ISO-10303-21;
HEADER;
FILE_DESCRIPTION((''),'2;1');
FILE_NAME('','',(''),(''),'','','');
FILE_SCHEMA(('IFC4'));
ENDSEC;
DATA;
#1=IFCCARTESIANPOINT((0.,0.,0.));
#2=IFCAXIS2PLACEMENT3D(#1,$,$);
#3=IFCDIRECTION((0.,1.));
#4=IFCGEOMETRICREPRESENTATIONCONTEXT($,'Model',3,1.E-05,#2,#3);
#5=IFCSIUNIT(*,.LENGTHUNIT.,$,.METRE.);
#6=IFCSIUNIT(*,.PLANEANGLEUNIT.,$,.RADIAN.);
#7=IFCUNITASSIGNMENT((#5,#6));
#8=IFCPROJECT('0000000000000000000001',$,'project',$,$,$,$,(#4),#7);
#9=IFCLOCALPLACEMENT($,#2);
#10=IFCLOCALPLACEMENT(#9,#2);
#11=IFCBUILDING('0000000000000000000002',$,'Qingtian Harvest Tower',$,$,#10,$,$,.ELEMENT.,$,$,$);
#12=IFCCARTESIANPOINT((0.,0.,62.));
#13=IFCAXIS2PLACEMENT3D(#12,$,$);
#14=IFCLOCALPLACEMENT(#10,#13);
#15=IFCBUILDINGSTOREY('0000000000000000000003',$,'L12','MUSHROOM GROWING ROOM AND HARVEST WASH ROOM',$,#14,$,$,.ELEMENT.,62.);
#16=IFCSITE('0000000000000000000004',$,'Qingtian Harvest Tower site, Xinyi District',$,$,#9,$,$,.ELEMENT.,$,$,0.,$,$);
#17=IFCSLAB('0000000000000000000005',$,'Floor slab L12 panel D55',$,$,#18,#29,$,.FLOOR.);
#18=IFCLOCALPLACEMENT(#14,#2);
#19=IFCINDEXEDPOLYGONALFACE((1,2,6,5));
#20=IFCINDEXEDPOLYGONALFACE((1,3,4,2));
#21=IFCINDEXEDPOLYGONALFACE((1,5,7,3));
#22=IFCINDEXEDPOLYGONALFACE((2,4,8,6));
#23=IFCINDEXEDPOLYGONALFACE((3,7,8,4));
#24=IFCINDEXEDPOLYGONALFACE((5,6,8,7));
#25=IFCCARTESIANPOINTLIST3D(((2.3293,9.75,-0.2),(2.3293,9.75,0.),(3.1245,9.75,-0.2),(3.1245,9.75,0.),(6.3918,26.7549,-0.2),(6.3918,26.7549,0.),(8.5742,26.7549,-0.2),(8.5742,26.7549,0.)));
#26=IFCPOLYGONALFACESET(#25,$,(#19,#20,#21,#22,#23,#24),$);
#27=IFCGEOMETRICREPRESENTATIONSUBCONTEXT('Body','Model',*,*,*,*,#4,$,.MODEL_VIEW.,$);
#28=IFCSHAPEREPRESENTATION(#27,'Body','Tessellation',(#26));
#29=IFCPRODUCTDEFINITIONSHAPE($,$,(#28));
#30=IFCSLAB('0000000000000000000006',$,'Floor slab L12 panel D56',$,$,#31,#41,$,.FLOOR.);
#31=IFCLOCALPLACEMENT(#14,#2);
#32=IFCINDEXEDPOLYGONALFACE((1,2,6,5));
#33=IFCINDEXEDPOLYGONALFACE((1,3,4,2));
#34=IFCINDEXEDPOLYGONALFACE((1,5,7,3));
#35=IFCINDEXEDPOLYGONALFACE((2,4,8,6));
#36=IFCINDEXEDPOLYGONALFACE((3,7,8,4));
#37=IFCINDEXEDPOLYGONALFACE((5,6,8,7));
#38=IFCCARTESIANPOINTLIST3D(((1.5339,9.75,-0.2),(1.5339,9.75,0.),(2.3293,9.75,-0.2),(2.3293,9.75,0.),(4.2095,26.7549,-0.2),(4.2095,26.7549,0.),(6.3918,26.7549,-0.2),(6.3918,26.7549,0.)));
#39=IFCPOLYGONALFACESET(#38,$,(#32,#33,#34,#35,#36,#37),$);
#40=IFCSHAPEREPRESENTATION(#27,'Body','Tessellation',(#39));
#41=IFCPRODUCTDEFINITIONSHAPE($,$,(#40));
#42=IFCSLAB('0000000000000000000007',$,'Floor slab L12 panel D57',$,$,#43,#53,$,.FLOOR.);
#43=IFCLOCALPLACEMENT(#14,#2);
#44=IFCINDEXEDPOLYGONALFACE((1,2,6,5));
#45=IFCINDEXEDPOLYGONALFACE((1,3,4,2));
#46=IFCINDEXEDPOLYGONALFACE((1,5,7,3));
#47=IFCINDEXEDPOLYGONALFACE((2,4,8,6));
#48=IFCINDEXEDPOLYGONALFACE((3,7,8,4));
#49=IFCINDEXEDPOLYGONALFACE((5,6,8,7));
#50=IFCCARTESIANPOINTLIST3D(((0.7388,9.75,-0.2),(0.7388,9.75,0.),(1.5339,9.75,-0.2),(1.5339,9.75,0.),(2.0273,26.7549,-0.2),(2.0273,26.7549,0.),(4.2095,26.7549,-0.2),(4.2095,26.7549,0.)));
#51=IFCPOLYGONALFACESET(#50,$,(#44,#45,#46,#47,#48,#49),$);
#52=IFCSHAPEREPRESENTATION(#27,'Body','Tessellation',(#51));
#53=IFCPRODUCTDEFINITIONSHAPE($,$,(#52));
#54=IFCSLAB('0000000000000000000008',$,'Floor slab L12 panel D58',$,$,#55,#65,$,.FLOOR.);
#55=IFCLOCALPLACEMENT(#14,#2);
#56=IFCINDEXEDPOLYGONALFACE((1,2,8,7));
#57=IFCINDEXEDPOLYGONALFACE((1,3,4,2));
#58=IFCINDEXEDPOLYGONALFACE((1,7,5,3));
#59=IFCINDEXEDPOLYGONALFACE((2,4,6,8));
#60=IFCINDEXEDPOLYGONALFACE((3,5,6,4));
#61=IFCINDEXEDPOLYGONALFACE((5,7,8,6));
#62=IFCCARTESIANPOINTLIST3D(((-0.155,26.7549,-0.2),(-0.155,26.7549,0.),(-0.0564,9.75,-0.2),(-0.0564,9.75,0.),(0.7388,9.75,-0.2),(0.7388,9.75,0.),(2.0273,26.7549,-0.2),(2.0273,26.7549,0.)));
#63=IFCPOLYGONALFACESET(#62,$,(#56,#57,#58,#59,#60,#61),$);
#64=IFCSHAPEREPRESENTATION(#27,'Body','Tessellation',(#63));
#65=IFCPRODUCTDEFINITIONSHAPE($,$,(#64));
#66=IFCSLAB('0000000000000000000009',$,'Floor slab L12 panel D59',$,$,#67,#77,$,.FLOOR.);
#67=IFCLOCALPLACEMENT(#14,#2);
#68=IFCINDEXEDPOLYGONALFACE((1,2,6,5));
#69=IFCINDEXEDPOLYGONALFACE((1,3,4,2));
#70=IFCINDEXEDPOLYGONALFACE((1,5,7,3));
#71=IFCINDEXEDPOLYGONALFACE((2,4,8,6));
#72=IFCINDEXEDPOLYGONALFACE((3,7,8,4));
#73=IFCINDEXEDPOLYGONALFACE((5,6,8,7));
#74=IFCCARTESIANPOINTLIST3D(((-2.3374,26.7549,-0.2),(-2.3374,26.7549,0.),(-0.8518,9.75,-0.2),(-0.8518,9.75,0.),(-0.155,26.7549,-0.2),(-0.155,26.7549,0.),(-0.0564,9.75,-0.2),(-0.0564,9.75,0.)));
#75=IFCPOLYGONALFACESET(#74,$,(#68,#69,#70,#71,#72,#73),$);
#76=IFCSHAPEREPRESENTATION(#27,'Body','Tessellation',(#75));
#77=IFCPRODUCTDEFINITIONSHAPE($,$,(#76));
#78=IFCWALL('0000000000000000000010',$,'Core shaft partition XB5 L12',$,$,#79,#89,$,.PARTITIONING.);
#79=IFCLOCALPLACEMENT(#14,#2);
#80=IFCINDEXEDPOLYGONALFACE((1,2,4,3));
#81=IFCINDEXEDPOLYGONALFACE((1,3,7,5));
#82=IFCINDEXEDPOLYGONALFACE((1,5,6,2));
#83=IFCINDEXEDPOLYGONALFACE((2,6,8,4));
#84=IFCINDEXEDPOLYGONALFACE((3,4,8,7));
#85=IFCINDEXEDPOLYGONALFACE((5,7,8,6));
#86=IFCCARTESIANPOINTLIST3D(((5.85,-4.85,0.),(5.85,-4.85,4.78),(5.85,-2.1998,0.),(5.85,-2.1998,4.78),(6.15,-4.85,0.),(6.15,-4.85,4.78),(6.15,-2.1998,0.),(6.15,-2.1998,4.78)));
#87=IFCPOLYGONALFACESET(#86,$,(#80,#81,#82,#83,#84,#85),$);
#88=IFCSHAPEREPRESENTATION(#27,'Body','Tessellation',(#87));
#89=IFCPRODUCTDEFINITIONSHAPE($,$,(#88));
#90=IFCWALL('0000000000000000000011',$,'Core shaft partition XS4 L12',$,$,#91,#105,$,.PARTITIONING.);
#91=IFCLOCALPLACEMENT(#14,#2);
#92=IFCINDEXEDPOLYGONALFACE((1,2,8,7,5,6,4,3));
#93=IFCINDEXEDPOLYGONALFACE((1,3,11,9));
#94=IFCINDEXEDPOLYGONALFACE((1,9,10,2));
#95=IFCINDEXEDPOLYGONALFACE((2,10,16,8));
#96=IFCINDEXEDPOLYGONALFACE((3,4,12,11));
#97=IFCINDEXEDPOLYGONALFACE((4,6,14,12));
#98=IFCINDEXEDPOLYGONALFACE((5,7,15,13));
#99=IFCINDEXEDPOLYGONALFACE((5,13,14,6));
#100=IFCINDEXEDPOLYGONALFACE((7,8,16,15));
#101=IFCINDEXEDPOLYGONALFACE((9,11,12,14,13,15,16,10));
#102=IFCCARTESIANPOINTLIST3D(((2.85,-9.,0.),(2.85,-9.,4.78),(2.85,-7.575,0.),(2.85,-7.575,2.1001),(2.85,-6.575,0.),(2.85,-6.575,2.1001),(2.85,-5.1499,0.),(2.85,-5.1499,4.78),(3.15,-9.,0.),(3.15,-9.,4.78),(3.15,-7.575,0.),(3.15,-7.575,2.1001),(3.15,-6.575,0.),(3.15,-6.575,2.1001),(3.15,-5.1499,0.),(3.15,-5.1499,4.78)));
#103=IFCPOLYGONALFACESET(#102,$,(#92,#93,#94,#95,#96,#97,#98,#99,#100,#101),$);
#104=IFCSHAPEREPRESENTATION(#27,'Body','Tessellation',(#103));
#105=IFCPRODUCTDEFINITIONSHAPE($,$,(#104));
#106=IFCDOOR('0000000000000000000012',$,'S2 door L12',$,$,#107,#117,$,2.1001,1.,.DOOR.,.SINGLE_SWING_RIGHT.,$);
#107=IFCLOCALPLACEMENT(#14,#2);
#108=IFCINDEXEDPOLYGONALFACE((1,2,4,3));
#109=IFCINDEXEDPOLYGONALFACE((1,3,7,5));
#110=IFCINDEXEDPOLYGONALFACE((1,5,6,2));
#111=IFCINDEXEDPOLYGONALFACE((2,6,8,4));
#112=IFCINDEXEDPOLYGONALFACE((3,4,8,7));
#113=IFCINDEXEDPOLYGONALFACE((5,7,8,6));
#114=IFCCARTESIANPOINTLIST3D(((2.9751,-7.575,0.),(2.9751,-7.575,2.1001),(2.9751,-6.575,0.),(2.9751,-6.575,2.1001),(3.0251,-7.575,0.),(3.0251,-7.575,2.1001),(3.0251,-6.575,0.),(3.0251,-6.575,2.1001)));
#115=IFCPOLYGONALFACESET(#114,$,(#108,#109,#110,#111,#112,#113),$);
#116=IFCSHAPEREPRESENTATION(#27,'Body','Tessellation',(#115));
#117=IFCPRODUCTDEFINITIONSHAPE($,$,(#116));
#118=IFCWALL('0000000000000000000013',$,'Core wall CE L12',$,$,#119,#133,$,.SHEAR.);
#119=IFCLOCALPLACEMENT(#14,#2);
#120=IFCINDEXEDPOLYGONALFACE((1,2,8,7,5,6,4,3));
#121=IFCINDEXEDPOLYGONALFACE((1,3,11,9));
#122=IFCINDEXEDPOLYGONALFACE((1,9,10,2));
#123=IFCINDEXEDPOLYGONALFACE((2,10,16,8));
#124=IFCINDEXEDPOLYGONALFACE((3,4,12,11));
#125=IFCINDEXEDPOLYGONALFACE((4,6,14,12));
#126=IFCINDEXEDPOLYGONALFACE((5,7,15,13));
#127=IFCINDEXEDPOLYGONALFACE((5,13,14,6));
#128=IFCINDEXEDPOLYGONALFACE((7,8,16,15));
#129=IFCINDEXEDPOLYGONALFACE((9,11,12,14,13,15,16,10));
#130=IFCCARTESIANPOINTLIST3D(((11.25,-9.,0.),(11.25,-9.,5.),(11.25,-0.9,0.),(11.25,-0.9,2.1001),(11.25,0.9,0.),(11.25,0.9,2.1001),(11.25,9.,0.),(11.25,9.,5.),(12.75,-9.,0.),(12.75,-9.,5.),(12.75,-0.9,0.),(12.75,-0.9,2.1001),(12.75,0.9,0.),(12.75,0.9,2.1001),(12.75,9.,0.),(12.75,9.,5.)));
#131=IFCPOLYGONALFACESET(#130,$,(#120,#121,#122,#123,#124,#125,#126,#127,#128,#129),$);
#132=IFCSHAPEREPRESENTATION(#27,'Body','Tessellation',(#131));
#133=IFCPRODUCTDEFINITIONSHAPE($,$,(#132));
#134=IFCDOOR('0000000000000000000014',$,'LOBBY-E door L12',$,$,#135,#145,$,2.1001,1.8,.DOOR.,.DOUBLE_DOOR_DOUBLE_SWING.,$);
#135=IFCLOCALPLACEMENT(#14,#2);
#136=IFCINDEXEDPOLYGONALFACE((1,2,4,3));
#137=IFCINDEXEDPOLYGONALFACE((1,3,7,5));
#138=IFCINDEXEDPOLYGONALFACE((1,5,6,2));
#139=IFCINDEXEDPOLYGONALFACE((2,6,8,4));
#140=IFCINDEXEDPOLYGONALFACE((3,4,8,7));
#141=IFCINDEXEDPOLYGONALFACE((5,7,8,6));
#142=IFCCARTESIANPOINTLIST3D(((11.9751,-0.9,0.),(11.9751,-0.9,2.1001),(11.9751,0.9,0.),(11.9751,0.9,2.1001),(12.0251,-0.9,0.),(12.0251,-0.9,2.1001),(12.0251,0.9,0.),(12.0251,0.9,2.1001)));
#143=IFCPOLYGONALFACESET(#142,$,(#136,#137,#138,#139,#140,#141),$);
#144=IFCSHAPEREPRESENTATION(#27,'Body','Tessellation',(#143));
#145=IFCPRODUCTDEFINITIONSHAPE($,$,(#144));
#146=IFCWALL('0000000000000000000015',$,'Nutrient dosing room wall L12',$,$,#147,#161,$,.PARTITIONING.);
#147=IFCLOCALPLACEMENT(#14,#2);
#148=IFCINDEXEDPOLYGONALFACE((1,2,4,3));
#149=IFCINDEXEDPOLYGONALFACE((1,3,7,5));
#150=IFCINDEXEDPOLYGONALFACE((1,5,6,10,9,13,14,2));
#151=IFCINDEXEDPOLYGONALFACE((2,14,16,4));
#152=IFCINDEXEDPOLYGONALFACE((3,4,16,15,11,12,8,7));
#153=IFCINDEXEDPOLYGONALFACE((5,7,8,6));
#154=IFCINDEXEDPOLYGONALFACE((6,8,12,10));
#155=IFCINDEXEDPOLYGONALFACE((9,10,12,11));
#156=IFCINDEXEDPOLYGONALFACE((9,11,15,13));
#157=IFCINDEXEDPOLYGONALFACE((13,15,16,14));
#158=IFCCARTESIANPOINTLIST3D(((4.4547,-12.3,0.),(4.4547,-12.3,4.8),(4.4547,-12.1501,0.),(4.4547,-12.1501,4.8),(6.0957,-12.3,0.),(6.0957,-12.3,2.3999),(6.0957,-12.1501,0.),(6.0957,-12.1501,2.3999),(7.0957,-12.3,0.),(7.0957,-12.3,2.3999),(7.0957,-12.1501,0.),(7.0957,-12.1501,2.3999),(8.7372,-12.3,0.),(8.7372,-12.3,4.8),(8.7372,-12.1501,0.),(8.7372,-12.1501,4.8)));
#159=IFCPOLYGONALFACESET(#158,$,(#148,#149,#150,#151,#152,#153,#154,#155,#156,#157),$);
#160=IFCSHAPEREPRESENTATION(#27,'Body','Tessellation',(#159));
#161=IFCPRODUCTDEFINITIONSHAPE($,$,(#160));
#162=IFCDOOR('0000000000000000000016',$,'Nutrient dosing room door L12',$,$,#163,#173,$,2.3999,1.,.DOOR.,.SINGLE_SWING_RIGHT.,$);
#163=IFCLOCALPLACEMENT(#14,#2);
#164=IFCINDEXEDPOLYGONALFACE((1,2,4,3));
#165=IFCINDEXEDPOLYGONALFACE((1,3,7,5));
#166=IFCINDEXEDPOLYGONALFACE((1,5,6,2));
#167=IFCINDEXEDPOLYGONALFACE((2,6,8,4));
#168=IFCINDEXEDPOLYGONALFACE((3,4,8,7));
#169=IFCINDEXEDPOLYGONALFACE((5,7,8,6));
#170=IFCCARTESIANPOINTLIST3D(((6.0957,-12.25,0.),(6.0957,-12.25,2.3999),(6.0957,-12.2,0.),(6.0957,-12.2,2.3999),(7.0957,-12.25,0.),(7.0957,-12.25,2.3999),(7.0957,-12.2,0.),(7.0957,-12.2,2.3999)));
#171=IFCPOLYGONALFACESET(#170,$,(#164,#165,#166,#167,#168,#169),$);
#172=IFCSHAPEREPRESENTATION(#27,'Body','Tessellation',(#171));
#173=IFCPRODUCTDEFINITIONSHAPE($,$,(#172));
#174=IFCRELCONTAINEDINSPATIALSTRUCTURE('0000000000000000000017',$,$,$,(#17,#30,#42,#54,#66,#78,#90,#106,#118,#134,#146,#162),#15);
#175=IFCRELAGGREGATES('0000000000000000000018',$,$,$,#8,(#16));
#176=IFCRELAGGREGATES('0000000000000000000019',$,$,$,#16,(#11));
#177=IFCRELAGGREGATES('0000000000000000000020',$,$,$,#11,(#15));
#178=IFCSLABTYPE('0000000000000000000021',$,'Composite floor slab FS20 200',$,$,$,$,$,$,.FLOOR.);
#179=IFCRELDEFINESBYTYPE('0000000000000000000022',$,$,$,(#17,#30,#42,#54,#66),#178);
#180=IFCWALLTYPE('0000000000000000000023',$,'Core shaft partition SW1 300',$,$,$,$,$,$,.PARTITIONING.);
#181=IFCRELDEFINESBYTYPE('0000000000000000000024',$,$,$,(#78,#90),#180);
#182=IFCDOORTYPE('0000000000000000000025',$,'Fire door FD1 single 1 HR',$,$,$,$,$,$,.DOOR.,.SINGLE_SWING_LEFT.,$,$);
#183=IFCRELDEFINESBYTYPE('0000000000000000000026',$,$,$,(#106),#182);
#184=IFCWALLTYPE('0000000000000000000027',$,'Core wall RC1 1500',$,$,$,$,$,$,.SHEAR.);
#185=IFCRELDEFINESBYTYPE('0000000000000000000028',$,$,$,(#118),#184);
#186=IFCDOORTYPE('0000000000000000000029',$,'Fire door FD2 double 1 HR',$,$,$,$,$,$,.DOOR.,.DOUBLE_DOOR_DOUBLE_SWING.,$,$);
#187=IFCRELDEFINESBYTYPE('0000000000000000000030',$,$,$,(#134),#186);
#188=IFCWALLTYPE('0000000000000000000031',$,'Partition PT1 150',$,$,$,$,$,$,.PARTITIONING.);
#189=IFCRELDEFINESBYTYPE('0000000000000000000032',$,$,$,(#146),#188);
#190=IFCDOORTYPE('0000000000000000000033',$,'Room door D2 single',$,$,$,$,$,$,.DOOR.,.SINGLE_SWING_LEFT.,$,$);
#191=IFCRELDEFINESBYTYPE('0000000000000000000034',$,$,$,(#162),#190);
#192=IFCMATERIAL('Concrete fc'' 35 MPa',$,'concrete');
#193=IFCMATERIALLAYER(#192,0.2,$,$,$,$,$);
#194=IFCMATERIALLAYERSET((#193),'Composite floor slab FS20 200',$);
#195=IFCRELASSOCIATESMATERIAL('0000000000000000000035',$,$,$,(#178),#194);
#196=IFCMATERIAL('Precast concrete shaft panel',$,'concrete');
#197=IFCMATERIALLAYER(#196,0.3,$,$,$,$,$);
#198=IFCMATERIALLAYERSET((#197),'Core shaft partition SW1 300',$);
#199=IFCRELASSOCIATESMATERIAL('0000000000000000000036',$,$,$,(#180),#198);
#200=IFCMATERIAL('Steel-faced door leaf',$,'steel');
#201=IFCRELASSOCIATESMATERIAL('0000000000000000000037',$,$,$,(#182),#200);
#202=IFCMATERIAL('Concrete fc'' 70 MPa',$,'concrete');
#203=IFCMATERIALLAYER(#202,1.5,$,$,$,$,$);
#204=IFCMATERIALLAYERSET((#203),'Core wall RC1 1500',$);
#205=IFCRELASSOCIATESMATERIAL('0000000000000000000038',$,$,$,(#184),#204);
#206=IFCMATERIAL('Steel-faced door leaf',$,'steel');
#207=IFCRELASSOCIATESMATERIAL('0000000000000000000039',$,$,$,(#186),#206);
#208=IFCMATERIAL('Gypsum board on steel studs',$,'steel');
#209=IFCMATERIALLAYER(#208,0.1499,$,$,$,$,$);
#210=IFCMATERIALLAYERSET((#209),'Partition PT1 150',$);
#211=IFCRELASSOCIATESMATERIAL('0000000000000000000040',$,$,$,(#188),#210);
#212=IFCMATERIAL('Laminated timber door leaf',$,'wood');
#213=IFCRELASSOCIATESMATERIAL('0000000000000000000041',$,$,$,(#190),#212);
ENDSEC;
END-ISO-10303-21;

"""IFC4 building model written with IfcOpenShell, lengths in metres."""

from ifc_helpers import new_model, si_unit, direction, frame, frame_2d, origin, place, context, subcontext, project, spatial, polyline, rectangle, outline, extrude, material, layer, layer_set, type_object, element, fill, save


model = new_model("IFC4")

# Units and contexts
model_context = context("Model", 3, precision=1e-05, world=origin(), true_north=direction((0.0, 1.0)))
body_context = subcontext(model_context, "Body", "Model", "MODEL_VIEW")
ifc_project = project(units=[si_unit("LENGTHUNIT", "METRE"), si_unit("PLANEANGLEUNIT", "RADIAN")], contexts=[model_context])

# Site, building, storey
site_placement = place(None, origin())
site = spatial("IfcSite", under=ifc_project, at=site_placement, Name="Qingtian Harvest Tower site, Xinyi District", CompositionType="ELEMENT", RefElevation=0.0)
building_placement = place(site_placement, origin())
building = spatial("IfcBuilding", under=site, at=building_placement, Name="Qingtian Harvest Tower", CompositionType="ELEMENT")
storey_placement = place(building_placement, frame((0.0, 0.0, 62.0)))
storey = spatial("IfcBuildingStorey", under=building, at=storey_placement, Name="L12", Description="MUSHROOM GROWING ROOM AND HARVEST WASH ROOM", CompositionType="ELEMENT", Elevation=62.0)

# Slabs
ifc_material_1 = material(Name="Concrete fc' 35 MPa", Category="concrete")
ifc_layer_1 = layer(ifc_material_1, 0.2)
ifc_layer_set_1 = layer_set([ifc_layer_1], Name="Composite floor slab FS20 200")
slab_type = type_object("IfcSlabType", Name="Composite floor slab FS20 200", PredefinedType="FLOOR", material=ifc_layer_set_1)
slab_1_placement = place(storey_placement, frame((0.0, 0.0, -0.2)))
element("IfcSlab", 1, at=slab_1_placement, inside=storey, type_object=slab_type, Name="Floor slab L12 panel D55", PredefinedType="FLOOR", context=body_context, shape_type="SweptSolid", body=[
    extrude(outline(polyline([(2.3293, 9.75), (6.3918, 26.7549), (8.5742, 26.7549), (3.1245, 9.75), (2.3293, 9.75)])), origin(), (0.0, 0.0, 1.0), 0.2),
])
slab_2_placement = place(storey_placement, frame((0.0, 0.0, -0.2)))
element("IfcSlab", 2, at=slab_2_placement, inside=storey, type_object=slab_type, Name="Floor slab L12 panel D56", PredefinedType="FLOOR", context=body_context, shape_type="SweptSolid", body=[
    extrude(outline(polyline([(1.5339, 9.75), (4.2095, 26.7549), (6.3918, 26.7549), (2.3293, 9.75), (1.5339, 9.75)])), origin(), (0.0, 0.0, 1.0), 0.2),
])
slab_3_placement = place(storey_placement, frame((0.0, 0.0, -0.2)))
element("IfcSlab", 3, at=slab_3_placement, inside=storey, type_object=slab_type, Name="Floor slab L12 panel D57", PredefinedType="FLOOR", context=body_context, shape_type="SweptSolid", body=[
    extrude(outline(polyline([(0.7388, 9.75), (2.0273, 26.7549), (4.2095, 26.7549), (1.5339, 9.75), (0.7388, 9.75)])), origin(), (0.0, 0.0, 1.0), 0.2),
])
slab_4_placement = place(storey_placement, frame((0.0, 0.0, -0.2)))
element("IfcSlab", 4, at=slab_4_placement, inside=storey, type_object=slab_type, Name="Floor slab L12 panel D58", PredefinedType="FLOOR", context=body_context, shape_type="SweptSolid", body=[
    extrude(outline(polyline([(-0.0564, 9.75), (-0.155, 26.7549), (2.0273, 26.7549), (0.7388, 9.75), (-0.0564, 9.75)])), origin(), (0.0, 0.0, 1.0), 0.2),
])
slab_5_placement = place(storey_placement, frame((0.0, 0.0, -0.2)))
element("IfcSlab", 5, at=slab_5_placement, inside=storey, type_object=slab_type, Name="Floor slab L12 panel D59", PredefinedType="FLOOR", context=body_context, shape_type="SweptSolid", body=[
    extrude(outline(polyline([(-0.8518, 9.75), (-2.3374, 26.7549), (-0.155, 26.7549), (-0.0564, 9.75), (-0.8518, 9.75)])), origin(), (0.0, 0.0, 1.0), 0.2),
])

# Wall
ifc_material_2 = material(Name="Precast concrete shaft panel", Category="concrete")
ifc_layer_2 = layer(ifc_material_2, 0.3)
ifc_layer_set_2 = layer_set([ifc_layer_2], Name="Core shaft partition SW1 300")
wall_type_1 = type_object("IfcWallType", Name="Core shaft partition SW1 300", PredefinedType="PARTITIONING", material=ifc_layer_set_2)
wall_1_placement = place(storey_placement, frame((6.0, -4.8501, 0.0), z_axis=(0.0, 0.0, 1.0), x_axis=(0.0, 1.0, 0.0)))
element("IfcWall", 6, at=wall_1_placement, inside=storey, type_object=wall_type_1, Name="Core shaft partition XB5 L12", PredefinedType="PARTITIONING", context=body_context, shape_type="SweptSolid", body=[
    extrude(rectangle(XDim=2.6501, YDim=0.3, at=frame_2d((1.3252, 0.0))), origin(), (0.0, 0.0, 1.0), 4.78),
])

# Walls, openings, doors
wall_2_placement = place(storey_placement, frame((3.0, -9.0, 0.0), z_axis=(0.0, 0.0, 1.0), x_axis=(0.0, 1.0, 0.0)))
wall_2 = element("IfcWall", 7, at=wall_2_placement, inside=storey, type_object=wall_type_1, Name="Core shaft partition XS4 L12", PredefinedType="PARTITIONING", context=body_context, shape_type="SweptSolid", body=[
    extrude(rectangle(XDim=3.8501, YDim=0.3, at=frame_2d((1.925, 0.0))), origin(), (0.0, 0.0, 1.0), 4.78),
])
opening_1_placement = place(wall_2_placement, frame((1.425, 0.0, 0.0)))
opening_1 = element("IfcOpeningElement", 8, at=opening_1_placement, cuts=wall_2, PredefinedType="OPENING", context=body_context, shape_type="SweptSolid", body=[
    extrude(rectangle(XDim=1.0, YDim=2.1001, at=frame_2d((0.5, 1.05))), frame((0.0, 0.1599, 0.0), z_axis=(0.0, -1.0, 0.0), x_axis=(1.0, 0.0, 0.0)), (0.0, 0.0, 1.0), 0.3201),
])
ifc_material_3 = material(Name="Steel-faced door leaf", Category="steel")
door_type_1 = type_object("IfcDoorType", Name="Fire door FD1 single 1 HR", OperationType="SINGLE_SWING_LEFT", PredefinedType="DOOR", material=ifc_material_3)
door_1_placement = place(opening_1_placement, origin())
door_1 = element("IfcDoor", 9, at=door_1_placement, inside=storey, type_object=door_type_1, Name="S2 door L12", OperationType="SINGLE_SWING_RIGHT", OverallHeight=2.1001, OverallWidth=1.0, PredefinedType="DOOR", context=body_context, shape_type="SweptSolid", body=[
    extrude(rectangle(XDim=1.0, YDim=2.1001, at=frame_2d((0.5, 1.05))), frame((0.0, 0.0249, 0.0), z_axis=(0.0, -1.0, 0.0), x_axis=(1.0, 0.0, 0.0)), (0.0, 0.0, 1.0), 0.05),
])
fill(opening_1, door_1)
ifc_material_4 = material(Name="Concrete fc' 70 MPa", Category="concrete")
ifc_layer_3 = layer(ifc_material_4, 1.5)
ifc_layer_set_3 = layer_set([ifc_layer_3], Name="Core wall RC1 1500")
wall_type_2 = type_object("IfcWallType", Name="Core wall RC1 1500", PredefinedType="SHEAR", material=ifc_layer_set_3)
wall_3_placement = place(storey_placement, frame((12.0, -9.0, 0.0), z_axis=(0.0, 0.0, 1.0), x_axis=(0.0, 1.0, 0.0)))
wall_3 = element("IfcWall", 10, at=wall_3_placement, inside=storey, type_object=wall_type_2, Name="Core wall CE L12", PredefinedType="SHEAR", context=body_context, shape_type="SweptSolid", body=[
    extrude(rectangle(XDim=18.0, YDim=1.5, at=frame_2d((9.0, 0.0))), origin(), (0.0, 0.0, 1.0), 5.0),
])
opening_2_placement = place(wall_3_placement, frame((8.1001, 0.0, 0.0)))
opening_2 = element("IfcOpeningElement", 11, at=opening_2_placement, cuts=wall_3, PredefinedType="OPENING", context=body_context, shape_type="SweptSolid", body=[
    extrude(rectangle(XDim=1.8, YDim=2.1001, at=frame_2d((0.8999, 1.05))), frame((0.0, 0.76, 0.0), z_axis=(0.0, -1.0, 0.0), x_axis=(1.0, 0.0, 0.0)), (0.0, 0.0, 1.0), 1.52),
])
ifc_material_5 = material(Name="Steel-faced door leaf", Category="steel")
door_type_2 = type_object("IfcDoorType", Name="Fire door FD2 double 1 HR", OperationType="DOUBLE_DOOR_DOUBLE_SWING", PredefinedType="DOOR", material=ifc_material_5)
door_2_placement = place(opening_2_placement, origin())
door_2 = element("IfcDoor", 12, at=door_2_placement, inside=storey, type_object=door_type_2, Name="LOBBY-E door L12", OperationType="DOUBLE_DOOR_DOUBLE_SWING", OverallHeight=2.1001, OverallWidth=1.8, PredefinedType="DOOR", context=body_context, shape_type="SweptSolid", body=[
    extrude(rectangle(XDim=1.8, YDim=2.1001, at=frame_2d((0.8999, 1.05))), frame((0.0, 0.0249, 0.0), z_axis=(0.0, -1.0, 0.0), x_axis=(1.0, 0.0, 0.0)), (0.0, 0.0, 1.0), 0.05),
])
fill(opening_2, door_2)
ifc_material_6 = material(Name="Gypsum board on steel studs", Category="steel")
ifc_layer_4 = layer(ifc_material_6, 0.1499)
ifc_layer_set_4 = layer_set([ifc_layer_4], Name="Partition PT1 150")
wall_type_3 = type_object("IfcWallType", Name="Partition PT1 150", PredefinedType="PARTITIONING", material=ifc_layer_set_4)
wall_4_placement = place(storey_placement, frame((8.7371, -12.2251, 0.0), z_axis=(0.0, 0.0, 1.0), x_axis=(-1.0, 0.0, 0.0)))
wall_4 = element("IfcWall", 13, at=wall_4_placement, inside=storey, type_object=wall_type_3, Name="Nutrient dosing room wall L12", PredefinedType="PARTITIONING", context=body_context, shape_type="SweptSolid", body=[
    extrude(rectangle(XDim=4.2825, YDim=0.1499, at=frame_2d((2.1411, 0.0))), origin(), (0.0, 0.0, 1.0), 4.8),
])
opening_3_placement = place(wall_4_placement, frame((1.6414, 0.0, 0.0)))
opening_3 = element("IfcOpeningElement", 14, at=opening_3_placement, cuts=wall_4, PredefinedType="OPENING", context=body_context, shape_type="SweptSolid", body=[
    extrude(rectangle(XDim=1.0, YDim=2.3999, at=frame_2d((0.5, 1.2))), frame((0.0, 0.085, 0.0), z_axis=(0.0, -1.0, 0.0), x_axis=(1.0, 0.0, 0.0)), (0.0, 0.0, 1.0), 0.1699),
])
ifc_material_7 = material(Name="Laminated timber door leaf", Category="wood")
door_type_3 = type_object("IfcDoorType", Name="Room door D2 single", OperationType="SINGLE_SWING_LEFT", PredefinedType="DOOR", material=ifc_material_7)
door_3_placement = place(opening_3_placement, origin())
door_3 = element("IfcDoor", 15, at=door_3_placement, inside=storey, type_object=door_type_3, Name="Nutrient dosing room door L12", OperationType="SINGLE_SWING_RIGHT", OverallHeight=2.3999, OverallWidth=1.0, PredefinedType="DOOR", context=body_context, shape_type="SweptSolid", body=[
    extrude(rectangle(XDim=1.0, YDim=2.3999, at=frame_2d((0.5, 1.2))), frame((0.0, 0.0249, 0.0), z_axis=(0.0, -1.0, 0.0), x_axis=(1.0, 0.0, 0.0)), (0.0, 0.0, 1.0), 0.05),
])
fill(opening_3, door_3)

save(model, "model.ifc")
